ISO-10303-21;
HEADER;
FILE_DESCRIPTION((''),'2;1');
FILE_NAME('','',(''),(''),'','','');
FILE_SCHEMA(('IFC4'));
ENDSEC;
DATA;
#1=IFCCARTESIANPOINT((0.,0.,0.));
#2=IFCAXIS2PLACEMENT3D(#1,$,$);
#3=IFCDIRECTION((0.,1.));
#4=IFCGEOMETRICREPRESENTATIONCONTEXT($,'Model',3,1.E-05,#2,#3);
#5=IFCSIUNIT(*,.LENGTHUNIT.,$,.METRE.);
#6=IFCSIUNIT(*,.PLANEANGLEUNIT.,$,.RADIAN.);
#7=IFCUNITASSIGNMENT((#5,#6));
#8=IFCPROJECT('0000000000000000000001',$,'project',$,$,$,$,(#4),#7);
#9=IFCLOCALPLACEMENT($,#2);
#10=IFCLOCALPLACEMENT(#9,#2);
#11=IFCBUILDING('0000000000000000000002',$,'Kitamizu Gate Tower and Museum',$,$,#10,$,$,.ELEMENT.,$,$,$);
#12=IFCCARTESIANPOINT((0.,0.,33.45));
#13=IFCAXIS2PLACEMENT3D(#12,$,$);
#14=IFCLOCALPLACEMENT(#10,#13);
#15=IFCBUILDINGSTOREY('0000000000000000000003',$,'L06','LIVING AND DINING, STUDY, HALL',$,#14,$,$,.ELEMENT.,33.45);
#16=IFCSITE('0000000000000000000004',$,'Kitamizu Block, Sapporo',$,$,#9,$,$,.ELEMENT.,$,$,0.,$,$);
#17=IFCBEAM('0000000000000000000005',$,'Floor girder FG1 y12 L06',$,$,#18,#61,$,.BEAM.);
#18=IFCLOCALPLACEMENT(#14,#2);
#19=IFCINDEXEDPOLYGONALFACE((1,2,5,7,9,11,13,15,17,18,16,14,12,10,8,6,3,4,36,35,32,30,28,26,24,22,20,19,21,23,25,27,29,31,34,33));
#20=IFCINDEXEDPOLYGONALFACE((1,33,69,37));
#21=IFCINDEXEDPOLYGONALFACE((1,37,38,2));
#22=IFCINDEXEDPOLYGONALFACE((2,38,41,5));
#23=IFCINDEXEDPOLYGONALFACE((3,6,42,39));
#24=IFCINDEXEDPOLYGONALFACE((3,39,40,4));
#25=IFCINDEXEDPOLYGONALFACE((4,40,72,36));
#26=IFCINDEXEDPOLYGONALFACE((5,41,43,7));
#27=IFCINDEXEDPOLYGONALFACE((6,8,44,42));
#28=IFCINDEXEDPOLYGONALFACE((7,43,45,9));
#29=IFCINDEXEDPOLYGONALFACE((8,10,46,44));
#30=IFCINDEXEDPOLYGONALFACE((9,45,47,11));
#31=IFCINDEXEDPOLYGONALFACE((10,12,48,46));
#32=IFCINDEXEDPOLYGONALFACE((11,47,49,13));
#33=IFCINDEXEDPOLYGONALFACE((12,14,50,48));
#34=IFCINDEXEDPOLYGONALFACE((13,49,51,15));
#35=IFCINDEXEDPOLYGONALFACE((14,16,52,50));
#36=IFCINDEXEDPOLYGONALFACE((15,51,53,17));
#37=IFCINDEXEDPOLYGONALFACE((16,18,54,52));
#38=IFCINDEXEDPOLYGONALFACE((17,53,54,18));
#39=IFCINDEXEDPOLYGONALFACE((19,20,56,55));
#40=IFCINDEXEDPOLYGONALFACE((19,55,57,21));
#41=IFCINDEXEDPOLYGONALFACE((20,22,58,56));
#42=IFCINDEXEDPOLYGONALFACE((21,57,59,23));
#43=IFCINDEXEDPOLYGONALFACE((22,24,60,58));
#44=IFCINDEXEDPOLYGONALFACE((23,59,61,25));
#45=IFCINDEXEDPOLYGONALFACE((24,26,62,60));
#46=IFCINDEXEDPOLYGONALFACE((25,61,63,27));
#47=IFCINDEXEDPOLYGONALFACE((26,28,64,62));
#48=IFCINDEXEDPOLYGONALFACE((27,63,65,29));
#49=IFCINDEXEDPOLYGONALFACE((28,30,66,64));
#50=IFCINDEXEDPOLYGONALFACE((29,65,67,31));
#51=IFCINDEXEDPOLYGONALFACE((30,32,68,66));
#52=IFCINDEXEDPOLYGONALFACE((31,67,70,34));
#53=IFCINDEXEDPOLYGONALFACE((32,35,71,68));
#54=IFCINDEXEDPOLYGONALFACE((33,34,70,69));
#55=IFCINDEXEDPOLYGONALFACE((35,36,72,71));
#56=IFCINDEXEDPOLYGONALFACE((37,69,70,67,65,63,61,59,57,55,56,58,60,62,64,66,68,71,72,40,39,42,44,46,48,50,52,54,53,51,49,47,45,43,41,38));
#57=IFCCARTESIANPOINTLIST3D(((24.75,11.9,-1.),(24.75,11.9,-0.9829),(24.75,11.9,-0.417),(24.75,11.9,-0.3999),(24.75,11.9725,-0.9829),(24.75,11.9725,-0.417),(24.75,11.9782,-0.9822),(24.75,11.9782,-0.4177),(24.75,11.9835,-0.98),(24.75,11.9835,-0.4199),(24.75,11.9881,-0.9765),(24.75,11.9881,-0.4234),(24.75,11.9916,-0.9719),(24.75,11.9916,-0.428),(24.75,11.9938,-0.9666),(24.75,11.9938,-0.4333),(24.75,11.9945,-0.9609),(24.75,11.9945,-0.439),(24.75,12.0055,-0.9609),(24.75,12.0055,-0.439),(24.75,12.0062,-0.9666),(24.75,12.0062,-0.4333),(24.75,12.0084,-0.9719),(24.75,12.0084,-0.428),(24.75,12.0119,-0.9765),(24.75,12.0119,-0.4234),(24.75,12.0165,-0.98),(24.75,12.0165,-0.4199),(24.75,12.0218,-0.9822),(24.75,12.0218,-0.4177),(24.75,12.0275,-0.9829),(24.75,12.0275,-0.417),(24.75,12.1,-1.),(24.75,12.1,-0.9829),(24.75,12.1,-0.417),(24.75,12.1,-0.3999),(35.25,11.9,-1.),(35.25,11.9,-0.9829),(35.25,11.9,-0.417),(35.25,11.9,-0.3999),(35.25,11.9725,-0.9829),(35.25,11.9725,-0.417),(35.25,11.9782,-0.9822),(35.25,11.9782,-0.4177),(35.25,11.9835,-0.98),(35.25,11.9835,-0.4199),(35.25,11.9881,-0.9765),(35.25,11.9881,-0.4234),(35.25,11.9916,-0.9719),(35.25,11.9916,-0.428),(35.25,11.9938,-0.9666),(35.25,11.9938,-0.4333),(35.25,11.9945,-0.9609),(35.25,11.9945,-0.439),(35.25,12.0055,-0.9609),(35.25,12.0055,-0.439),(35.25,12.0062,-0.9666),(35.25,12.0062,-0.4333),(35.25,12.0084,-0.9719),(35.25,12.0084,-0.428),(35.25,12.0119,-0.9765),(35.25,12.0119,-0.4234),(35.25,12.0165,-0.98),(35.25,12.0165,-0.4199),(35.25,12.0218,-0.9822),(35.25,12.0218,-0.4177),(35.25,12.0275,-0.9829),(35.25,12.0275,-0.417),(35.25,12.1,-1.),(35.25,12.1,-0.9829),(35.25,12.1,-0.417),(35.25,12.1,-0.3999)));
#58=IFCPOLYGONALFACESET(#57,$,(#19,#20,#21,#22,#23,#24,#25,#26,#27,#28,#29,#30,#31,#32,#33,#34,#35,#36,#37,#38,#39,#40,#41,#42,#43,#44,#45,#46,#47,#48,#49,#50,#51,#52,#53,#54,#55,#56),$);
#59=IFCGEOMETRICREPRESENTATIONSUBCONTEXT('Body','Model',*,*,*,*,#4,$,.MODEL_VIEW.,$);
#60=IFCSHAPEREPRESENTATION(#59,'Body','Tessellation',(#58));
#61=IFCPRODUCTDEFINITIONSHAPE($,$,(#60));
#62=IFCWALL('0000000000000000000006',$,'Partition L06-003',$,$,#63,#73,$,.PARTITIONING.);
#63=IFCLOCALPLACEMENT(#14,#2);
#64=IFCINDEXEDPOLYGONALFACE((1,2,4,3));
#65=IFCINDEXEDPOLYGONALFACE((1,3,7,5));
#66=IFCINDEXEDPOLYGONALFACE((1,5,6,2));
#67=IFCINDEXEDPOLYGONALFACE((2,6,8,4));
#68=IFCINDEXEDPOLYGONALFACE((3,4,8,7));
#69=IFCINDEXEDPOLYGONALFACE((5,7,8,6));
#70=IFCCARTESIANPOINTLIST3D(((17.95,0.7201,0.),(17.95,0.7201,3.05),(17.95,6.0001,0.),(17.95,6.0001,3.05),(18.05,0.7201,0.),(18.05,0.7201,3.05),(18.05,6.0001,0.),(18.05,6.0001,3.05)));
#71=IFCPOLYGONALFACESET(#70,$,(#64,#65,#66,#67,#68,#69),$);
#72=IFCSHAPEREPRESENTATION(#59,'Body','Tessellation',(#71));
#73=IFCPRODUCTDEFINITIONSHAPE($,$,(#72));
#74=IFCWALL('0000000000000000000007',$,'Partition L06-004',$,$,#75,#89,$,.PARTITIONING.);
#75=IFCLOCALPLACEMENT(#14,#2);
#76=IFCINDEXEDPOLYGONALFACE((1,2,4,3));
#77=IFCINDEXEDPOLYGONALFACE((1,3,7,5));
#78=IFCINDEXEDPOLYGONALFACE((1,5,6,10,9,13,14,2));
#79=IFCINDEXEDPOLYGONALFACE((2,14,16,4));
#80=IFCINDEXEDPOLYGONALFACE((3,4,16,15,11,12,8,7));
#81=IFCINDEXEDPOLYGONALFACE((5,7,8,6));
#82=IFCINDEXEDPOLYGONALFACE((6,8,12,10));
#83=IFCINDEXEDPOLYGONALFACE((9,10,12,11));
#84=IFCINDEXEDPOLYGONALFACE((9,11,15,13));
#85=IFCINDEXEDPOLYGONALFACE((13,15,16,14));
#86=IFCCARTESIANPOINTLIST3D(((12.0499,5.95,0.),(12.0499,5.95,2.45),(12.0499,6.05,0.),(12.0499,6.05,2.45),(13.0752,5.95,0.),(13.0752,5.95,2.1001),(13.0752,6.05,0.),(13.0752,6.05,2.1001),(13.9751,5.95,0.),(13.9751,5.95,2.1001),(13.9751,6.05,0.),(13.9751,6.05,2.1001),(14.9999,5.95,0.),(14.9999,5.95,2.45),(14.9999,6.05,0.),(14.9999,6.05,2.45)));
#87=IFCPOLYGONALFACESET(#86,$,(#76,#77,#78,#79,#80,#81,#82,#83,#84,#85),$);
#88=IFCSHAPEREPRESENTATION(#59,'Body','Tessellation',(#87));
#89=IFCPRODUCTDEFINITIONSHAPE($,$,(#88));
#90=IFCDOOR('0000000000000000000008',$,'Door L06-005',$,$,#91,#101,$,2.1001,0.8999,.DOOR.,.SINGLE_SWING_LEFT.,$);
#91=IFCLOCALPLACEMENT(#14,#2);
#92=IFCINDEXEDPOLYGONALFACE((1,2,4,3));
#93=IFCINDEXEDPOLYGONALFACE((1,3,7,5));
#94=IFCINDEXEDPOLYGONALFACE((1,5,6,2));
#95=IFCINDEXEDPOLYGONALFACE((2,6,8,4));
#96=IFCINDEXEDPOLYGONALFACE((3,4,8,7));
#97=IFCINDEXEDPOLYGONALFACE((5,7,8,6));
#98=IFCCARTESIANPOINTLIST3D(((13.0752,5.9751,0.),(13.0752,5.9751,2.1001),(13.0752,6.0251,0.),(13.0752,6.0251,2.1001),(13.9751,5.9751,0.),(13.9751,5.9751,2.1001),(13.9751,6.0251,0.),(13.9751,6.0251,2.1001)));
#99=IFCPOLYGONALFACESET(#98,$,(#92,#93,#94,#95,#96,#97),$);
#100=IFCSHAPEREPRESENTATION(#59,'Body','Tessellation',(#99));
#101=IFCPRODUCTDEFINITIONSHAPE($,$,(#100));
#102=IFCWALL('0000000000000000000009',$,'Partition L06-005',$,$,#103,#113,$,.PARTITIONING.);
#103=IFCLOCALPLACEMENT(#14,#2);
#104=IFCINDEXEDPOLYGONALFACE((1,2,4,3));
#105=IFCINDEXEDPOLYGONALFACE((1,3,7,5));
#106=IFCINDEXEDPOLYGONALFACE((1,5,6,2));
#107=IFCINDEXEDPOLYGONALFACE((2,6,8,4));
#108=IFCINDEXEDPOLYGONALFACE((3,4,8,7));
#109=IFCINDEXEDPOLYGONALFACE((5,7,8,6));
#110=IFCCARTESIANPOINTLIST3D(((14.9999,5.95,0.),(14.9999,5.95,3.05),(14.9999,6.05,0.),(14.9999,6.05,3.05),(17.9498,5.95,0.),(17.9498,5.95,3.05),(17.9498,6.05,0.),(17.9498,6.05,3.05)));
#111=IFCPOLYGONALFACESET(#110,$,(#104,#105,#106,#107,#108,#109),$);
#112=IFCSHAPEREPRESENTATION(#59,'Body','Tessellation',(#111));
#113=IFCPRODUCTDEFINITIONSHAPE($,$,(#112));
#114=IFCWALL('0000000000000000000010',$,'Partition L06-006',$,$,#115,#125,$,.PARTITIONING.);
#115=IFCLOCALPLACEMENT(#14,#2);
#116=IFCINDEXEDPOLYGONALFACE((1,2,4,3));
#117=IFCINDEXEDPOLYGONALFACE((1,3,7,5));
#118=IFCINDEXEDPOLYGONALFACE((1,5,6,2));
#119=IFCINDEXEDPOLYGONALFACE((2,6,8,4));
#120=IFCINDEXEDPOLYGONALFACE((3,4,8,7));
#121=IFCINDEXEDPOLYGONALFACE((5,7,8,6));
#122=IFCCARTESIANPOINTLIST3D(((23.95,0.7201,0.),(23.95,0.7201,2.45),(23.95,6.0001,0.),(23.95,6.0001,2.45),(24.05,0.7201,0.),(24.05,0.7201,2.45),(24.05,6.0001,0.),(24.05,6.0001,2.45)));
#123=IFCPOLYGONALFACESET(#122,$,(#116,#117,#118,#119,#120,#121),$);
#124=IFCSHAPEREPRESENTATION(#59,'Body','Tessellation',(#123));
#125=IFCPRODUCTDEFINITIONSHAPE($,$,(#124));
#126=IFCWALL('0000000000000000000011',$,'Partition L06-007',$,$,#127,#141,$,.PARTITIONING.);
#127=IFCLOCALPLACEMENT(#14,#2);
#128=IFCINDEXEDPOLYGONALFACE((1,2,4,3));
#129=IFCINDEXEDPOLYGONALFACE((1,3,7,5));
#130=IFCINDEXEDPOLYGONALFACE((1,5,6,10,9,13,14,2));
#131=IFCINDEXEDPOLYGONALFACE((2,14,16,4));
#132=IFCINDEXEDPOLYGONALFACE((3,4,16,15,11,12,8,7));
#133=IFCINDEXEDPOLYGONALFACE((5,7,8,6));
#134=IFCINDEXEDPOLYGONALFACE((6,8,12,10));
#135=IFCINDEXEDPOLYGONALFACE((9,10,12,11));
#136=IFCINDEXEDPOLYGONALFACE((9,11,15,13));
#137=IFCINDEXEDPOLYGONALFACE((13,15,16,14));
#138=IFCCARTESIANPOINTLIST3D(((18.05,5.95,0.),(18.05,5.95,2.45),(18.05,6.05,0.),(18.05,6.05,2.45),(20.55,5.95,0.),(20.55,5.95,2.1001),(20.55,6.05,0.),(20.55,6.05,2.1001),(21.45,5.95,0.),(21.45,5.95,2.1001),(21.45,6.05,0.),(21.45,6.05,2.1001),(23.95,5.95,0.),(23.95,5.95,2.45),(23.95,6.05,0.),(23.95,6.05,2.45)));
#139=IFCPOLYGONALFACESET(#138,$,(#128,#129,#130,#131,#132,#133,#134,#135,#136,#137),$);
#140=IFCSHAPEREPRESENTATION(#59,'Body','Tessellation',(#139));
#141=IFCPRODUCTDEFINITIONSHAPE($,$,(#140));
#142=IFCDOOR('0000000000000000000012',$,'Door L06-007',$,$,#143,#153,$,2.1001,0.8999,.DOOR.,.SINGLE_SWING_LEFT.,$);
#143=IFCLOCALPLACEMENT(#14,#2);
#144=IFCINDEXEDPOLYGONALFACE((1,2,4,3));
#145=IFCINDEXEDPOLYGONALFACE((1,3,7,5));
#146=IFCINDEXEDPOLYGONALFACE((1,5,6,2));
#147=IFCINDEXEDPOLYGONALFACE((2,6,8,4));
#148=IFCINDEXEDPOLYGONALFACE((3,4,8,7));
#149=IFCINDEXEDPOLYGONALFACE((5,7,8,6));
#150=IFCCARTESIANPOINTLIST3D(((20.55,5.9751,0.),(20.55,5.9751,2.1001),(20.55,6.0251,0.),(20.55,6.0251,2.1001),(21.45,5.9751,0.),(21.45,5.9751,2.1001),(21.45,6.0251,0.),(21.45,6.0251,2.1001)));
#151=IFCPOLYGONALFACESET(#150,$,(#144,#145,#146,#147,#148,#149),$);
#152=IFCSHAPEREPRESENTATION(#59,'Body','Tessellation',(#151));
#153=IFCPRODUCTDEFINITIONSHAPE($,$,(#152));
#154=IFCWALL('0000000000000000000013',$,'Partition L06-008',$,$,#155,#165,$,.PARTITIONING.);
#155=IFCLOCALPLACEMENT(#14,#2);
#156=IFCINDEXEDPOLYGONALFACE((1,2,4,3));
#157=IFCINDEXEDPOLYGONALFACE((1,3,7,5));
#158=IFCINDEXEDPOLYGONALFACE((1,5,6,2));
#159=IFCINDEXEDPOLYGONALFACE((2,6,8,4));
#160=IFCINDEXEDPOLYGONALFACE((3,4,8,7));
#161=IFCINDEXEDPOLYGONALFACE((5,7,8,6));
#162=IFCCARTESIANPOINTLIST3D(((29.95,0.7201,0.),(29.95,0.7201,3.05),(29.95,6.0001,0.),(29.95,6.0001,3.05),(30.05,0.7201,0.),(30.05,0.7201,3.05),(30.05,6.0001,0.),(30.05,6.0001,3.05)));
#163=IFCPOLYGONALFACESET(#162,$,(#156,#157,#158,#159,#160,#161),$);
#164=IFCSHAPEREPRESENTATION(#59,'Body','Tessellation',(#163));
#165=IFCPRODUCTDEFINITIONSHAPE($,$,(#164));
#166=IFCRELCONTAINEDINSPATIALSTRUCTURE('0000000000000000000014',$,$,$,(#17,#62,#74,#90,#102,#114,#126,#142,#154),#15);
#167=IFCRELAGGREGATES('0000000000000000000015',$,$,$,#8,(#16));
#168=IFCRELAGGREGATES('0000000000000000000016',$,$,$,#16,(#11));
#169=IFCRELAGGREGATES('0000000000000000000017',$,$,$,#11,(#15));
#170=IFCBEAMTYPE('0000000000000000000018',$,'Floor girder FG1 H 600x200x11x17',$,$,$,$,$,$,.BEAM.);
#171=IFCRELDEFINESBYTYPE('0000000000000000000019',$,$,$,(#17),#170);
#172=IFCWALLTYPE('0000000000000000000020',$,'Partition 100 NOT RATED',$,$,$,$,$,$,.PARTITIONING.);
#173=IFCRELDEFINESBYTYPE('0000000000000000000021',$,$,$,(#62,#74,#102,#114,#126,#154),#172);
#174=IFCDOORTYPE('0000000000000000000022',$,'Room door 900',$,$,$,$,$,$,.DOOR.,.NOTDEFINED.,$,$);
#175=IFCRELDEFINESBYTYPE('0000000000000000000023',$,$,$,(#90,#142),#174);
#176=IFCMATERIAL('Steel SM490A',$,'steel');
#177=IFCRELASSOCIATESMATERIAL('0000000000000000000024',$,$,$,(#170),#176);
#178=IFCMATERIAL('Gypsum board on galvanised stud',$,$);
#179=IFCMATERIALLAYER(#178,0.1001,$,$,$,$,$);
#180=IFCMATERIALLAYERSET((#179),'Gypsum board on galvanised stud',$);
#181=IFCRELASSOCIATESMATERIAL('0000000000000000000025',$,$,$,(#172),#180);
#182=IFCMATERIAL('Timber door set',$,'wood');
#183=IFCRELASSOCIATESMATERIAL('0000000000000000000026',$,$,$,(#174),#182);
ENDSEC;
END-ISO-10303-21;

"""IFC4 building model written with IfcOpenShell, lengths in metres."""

from ifc_helpers import new_model, si_unit, direction, frame, frame_2d, origin, origin_2d, place, context, subcontext, project, spatial, rectangle, i_section, extrude, material, layer, layer_set, material_profile, profile_set, type_object, element, fill, save


model = new_model("IFC4")

# Units and contexts
model_context = context("Model", 3, precision=1e-05, world=origin(), true_north=direction((0.0, 1.0)))
body_context = subcontext(model_context, "Body", "Model", "MODEL_VIEW")
ifc_project = project(units=[si_unit("LENGTHUNIT", "METRE"), si_unit("PLANEANGLEUNIT", "RADIAN")], contexts=[model_context])

# Site, building, storey
site_placement = place(None, origin())
site = spatial("IfcSite", under=ifc_project, at=site_placement, Name="Kitamizu Block, Sapporo", CompositionType="ELEMENT", RefElevation=0.0)
building_placement = place(site_placement, origin())
building = spatial("IfcBuilding", under=site, at=building_placement, Name="Kitamizu Gate Tower and Museum", CompositionType="ELEMENT")
storey_placement = place(building_placement, frame((0.0, 0.0, 33.45)))
storey = spatial("IfcBuildingStorey", under=building, at=storey_placement, Name="L06", Description="LIVING AND DINING, STUDY, HALL", CompositionType="ELEMENT", Elevation=33.45)

# Beam
ifc_material_1 = material(Name="Steel SM490A", Category="steel")
ifc_material_profile_1 = material_profile(ifc_material_1, i_section(OverallWidth=0.2, OverallDepth=0.6001, WebThickness=0.011, FlangeThickness=0.0171, FilletRadius=0.022, at=origin_2d()), Name="H-600x200x11x17")
ifc_profile_set_1 = profile_set([ifc_material_profile_1], Name="Steel SM490A")
beam_type_1 = type_object("IfcBeamType", Name="Floor girder FG1 H 600x200x11x17", PredefinedType="BEAM", material=ifc_profile_set_1)
beam_1_placement = place(storey_placement, frame((24.75, 12.0, -0.7), z_axis=(1.0, 0.0, 0.0), x_axis=(0.0, 1.0, 0.0)))
element("IfcBeam", 1, at=beam_1_placement, inside=storey, type_object=beam_type_1, Name="Floor girder FG1 y12 L06", PredefinedType="BEAM", context=body_context, shape_type="SweptSolid", body=[
    extrude(i_section(OverallWidth=0.2, OverallDepth=0.6001, WebThickness=0.011, FlangeThickness=0.0171, FilletRadius=0.022, at=origin_2d()), origin(), (0.0, 0.0, 1.0), 10.5),
])

# Wall
ifc_material_2 = material(Name="Gypsum board on galvanised stud")
ifc_layer = layer(ifc_material_2, 0.1001)
ifc_layer_set = layer_set([ifc_layer], Name="Gypsum board on galvanised stud")
wall_type = type_object("IfcWallType", Name="Partition 100 NOT RATED", PredefinedType="PARTITIONING", material=ifc_layer_set)
wall_1_placement = place(storey_placement, frame((18.0, 0.72, 0.0), z_axis=(0.0, 0.0, 1.0), x_axis=(0.0, 1.0, 0.0)))
element("IfcWall", 2, at=wall_1_placement, inside=storey, type_object=wall_type, Name="Partition L06-003", PredefinedType="PARTITIONING", context=body_context, shape_type="SweptSolid", body=[
    extrude(rectangle(XDim=5.28, YDim=0.1001, at=frame_2d((2.6401, 0.0))), origin(), (0.0, 0.0, 1.0), 3.05),
])

# Wall, opening, door
wall_2_placement = place(storey_placement, frame((15.0, 6.0, 0.0), z_axis=(0.0, 0.0, 1.0), x_axis=(-1.0, 0.0, 0.0)))
wall_2 = element("IfcWall", 3, at=wall_2_placement, inside=storey, type_object=wall_type, Name="Partition L06-004", PredefinedType="PARTITIONING", context=body_context, shape_type="SweptSolid", body=[
    extrude(rectangle(XDim=2.95, YDim=0.1001, at=frame_2d((1.4751, 0.0))), origin(), (0.0, 0.0, 1.0), 2.45),
])
opening_1_placement = place(wall_2_placement, frame((1.0249, 0.0, 0.0)))
opening_1 = element("IfcOpeningElement", 4, at=opening_1_placement, cuts=wall_2, PredefinedType="OPENING", context=body_context, shape_type="SweptSolid", body=[
    extrude(rectangle(XDim=0.8999, YDim=2.1001, at=frame_2d((0.45, 1.05))), frame((0.0, 0.0601, 0.0), z_axis=(0.0, -1.0, 0.0), x_axis=(1.0, 0.0, 0.0)), (0.0, 0.0, 1.0), 0.1201),
])
ifc_material_3 = material(Name="Timber door set", Category="wood")
door_type = type_object("IfcDoorType", Name="Room door 900", OperationType="NOTDEFINED", PredefinedType="DOOR", material=ifc_material_3)
door_1_placement = place(opening_1_placement, origin())
door_1 = element("IfcDoor", 5, at=door_1_placement, inside=storey, type_object=door_type, Name="Door L06-005", OperationType="SINGLE_SWING_LEFT", OverallHeight=2.1001, OverallWidth=0.8999, PredefinedType="DOOR", context=body_context, shape_type="SweptSolid", body=[
    extrude(rectangle(XDim=0.8999, YDim=2.1001, at=frame_2d((0.45, 1.05))), frame((0.0, 0.0249, 0.0), z_axis=(0.0, -1.0, 0.0), x_axis=(1.0, 0.0, 0.0)), (0.0, 0.0, 1.0), 0.05),
])
fill(opening_1, door_1)

# Walls
wall_3_placement = place(storey_placement, frame((17.95, 6.0, 0.0), z_axis=(0.0, 0.0, 1.0), x_axis=(-1.0, 0.0, 0.0)))
element("IfcWall", 6, at=wall_3_placement, inside=storey, type_object=wall_type, Name="Partition L06-005", PredefinedType="PARTITIONING", context=body_context, shape_type="SweptSolid", body=[
    extrude(rectangle(XDim=2.95, YDim=0.1001, at=frame_2d((1.4751, 0.0))), origin(), (0.0, 0.0, 1.0), 3.05),
])
wall_4_placement = place(storey_placement, frame((24.0, 0.72, 0.0), z_axis=(0.0, 0.0, 1.0), x_axis=(0.0, 1.0, 0.0)))
element("IfcWall", 7, at=wall_4_placement, inside=storey, type_object=wall_type, Name="Partition L06-006", PredefinedType="PARTITIONING", context=body_context, shape_type="SweptSolid", body=[
    extrude(rectangle(XDim=5.28, YDim=0.1001, at=frame_2d((2.6401, 0.0))), origin(), (0.0, 0.0, 1.0), 2.45),
])

# Wall, opening, door
wall_5_placement = place(storey_placement, frame((23.95, 6.0, 0.0), z_axis=(0.0, 0.0, 1.0), x_axis=(-1.0, 0.0, 0.0)))
wall_5 = element("IfcWall", 8, at=wall_5_placement, inside=storey, type_object=wall_type, Name="Partition L06-007", PredefinedType="PARTITIONING", context=body_context, shape_type="SweptSolid", body=[
    extrude(rectangle(XDim=5.8999, YDim=0.1001, at=frame_2d((2.95, 0.0))), origin(), (0.0, 0.0, 1.0), 2.45),
])
opening_2_placement = place(wall_5_placement, frame((2.5, 0.0, 0.0)))
opening_2 = element("IfcOpeningElement", 9, at=opening_2_placement, cuts=wall_5, PredefinedType="OPENING", context=body_context, shape_type="SweptSolid", body=[
    extrude(rectangle(XDim=0.8999, YDim=2.1001, at=frame_2d((0.45, 1.05))), frame((0.0, 0.0601, 0.0), z_axis=(0.0, -1.0, 0.0), x_axis=(1.0, 0.0, 0.0)), (0.0, 0.0, 1.0), 0.1201),
])
door_2_placement = place(opening_2_placement, origin())
door_2 = element("IfcDoor", 10, at=door_2_placement, inside=storey, type_object=door_type, Name="Door L06-007", OperationType="SINGLE_SWING_LEFT", OverallHeight=2.1001, OverallWidth=0.8999, PredefinedType="DOOR", context=body_context, shape_type="SweptSolid", body=[
    extrude(rectangle(XDim=0.8999, YDim=2.1001, at=frame_2d((0.45, 1.05))), frame((0.0, 0.0249, 0.0), z_axis=(0.0, -1.0, 0.0), x_axis=(1.0, 0.0, 0.0)), (0.0, 0.0, 1.0), 0.05),
])
fill(opening_2, door_2)

# Wall
wall_6_placement = place(storey_placement, frame((30.0, 0.72, 0.0), z_axis=(0.0, 0.0, 1.0), x_axis=(0.0, 1.0, 0.0)))
element("IfcWall", 11, at=wall_6_placement, inside=storey, type_object=wall_type, Name="Partition L06-008", PredefinedType="PARTITIONING", context=body_context, shape_type="SweptSolid", body=[
    extrude(rectangle(XDim=5.28, YDim=0.1001, at=frame_2d((2.6401, 0.0))), origin(), (0.0, 0.0, 1.0), 3.05),
])

save(model, "model.ifc")
